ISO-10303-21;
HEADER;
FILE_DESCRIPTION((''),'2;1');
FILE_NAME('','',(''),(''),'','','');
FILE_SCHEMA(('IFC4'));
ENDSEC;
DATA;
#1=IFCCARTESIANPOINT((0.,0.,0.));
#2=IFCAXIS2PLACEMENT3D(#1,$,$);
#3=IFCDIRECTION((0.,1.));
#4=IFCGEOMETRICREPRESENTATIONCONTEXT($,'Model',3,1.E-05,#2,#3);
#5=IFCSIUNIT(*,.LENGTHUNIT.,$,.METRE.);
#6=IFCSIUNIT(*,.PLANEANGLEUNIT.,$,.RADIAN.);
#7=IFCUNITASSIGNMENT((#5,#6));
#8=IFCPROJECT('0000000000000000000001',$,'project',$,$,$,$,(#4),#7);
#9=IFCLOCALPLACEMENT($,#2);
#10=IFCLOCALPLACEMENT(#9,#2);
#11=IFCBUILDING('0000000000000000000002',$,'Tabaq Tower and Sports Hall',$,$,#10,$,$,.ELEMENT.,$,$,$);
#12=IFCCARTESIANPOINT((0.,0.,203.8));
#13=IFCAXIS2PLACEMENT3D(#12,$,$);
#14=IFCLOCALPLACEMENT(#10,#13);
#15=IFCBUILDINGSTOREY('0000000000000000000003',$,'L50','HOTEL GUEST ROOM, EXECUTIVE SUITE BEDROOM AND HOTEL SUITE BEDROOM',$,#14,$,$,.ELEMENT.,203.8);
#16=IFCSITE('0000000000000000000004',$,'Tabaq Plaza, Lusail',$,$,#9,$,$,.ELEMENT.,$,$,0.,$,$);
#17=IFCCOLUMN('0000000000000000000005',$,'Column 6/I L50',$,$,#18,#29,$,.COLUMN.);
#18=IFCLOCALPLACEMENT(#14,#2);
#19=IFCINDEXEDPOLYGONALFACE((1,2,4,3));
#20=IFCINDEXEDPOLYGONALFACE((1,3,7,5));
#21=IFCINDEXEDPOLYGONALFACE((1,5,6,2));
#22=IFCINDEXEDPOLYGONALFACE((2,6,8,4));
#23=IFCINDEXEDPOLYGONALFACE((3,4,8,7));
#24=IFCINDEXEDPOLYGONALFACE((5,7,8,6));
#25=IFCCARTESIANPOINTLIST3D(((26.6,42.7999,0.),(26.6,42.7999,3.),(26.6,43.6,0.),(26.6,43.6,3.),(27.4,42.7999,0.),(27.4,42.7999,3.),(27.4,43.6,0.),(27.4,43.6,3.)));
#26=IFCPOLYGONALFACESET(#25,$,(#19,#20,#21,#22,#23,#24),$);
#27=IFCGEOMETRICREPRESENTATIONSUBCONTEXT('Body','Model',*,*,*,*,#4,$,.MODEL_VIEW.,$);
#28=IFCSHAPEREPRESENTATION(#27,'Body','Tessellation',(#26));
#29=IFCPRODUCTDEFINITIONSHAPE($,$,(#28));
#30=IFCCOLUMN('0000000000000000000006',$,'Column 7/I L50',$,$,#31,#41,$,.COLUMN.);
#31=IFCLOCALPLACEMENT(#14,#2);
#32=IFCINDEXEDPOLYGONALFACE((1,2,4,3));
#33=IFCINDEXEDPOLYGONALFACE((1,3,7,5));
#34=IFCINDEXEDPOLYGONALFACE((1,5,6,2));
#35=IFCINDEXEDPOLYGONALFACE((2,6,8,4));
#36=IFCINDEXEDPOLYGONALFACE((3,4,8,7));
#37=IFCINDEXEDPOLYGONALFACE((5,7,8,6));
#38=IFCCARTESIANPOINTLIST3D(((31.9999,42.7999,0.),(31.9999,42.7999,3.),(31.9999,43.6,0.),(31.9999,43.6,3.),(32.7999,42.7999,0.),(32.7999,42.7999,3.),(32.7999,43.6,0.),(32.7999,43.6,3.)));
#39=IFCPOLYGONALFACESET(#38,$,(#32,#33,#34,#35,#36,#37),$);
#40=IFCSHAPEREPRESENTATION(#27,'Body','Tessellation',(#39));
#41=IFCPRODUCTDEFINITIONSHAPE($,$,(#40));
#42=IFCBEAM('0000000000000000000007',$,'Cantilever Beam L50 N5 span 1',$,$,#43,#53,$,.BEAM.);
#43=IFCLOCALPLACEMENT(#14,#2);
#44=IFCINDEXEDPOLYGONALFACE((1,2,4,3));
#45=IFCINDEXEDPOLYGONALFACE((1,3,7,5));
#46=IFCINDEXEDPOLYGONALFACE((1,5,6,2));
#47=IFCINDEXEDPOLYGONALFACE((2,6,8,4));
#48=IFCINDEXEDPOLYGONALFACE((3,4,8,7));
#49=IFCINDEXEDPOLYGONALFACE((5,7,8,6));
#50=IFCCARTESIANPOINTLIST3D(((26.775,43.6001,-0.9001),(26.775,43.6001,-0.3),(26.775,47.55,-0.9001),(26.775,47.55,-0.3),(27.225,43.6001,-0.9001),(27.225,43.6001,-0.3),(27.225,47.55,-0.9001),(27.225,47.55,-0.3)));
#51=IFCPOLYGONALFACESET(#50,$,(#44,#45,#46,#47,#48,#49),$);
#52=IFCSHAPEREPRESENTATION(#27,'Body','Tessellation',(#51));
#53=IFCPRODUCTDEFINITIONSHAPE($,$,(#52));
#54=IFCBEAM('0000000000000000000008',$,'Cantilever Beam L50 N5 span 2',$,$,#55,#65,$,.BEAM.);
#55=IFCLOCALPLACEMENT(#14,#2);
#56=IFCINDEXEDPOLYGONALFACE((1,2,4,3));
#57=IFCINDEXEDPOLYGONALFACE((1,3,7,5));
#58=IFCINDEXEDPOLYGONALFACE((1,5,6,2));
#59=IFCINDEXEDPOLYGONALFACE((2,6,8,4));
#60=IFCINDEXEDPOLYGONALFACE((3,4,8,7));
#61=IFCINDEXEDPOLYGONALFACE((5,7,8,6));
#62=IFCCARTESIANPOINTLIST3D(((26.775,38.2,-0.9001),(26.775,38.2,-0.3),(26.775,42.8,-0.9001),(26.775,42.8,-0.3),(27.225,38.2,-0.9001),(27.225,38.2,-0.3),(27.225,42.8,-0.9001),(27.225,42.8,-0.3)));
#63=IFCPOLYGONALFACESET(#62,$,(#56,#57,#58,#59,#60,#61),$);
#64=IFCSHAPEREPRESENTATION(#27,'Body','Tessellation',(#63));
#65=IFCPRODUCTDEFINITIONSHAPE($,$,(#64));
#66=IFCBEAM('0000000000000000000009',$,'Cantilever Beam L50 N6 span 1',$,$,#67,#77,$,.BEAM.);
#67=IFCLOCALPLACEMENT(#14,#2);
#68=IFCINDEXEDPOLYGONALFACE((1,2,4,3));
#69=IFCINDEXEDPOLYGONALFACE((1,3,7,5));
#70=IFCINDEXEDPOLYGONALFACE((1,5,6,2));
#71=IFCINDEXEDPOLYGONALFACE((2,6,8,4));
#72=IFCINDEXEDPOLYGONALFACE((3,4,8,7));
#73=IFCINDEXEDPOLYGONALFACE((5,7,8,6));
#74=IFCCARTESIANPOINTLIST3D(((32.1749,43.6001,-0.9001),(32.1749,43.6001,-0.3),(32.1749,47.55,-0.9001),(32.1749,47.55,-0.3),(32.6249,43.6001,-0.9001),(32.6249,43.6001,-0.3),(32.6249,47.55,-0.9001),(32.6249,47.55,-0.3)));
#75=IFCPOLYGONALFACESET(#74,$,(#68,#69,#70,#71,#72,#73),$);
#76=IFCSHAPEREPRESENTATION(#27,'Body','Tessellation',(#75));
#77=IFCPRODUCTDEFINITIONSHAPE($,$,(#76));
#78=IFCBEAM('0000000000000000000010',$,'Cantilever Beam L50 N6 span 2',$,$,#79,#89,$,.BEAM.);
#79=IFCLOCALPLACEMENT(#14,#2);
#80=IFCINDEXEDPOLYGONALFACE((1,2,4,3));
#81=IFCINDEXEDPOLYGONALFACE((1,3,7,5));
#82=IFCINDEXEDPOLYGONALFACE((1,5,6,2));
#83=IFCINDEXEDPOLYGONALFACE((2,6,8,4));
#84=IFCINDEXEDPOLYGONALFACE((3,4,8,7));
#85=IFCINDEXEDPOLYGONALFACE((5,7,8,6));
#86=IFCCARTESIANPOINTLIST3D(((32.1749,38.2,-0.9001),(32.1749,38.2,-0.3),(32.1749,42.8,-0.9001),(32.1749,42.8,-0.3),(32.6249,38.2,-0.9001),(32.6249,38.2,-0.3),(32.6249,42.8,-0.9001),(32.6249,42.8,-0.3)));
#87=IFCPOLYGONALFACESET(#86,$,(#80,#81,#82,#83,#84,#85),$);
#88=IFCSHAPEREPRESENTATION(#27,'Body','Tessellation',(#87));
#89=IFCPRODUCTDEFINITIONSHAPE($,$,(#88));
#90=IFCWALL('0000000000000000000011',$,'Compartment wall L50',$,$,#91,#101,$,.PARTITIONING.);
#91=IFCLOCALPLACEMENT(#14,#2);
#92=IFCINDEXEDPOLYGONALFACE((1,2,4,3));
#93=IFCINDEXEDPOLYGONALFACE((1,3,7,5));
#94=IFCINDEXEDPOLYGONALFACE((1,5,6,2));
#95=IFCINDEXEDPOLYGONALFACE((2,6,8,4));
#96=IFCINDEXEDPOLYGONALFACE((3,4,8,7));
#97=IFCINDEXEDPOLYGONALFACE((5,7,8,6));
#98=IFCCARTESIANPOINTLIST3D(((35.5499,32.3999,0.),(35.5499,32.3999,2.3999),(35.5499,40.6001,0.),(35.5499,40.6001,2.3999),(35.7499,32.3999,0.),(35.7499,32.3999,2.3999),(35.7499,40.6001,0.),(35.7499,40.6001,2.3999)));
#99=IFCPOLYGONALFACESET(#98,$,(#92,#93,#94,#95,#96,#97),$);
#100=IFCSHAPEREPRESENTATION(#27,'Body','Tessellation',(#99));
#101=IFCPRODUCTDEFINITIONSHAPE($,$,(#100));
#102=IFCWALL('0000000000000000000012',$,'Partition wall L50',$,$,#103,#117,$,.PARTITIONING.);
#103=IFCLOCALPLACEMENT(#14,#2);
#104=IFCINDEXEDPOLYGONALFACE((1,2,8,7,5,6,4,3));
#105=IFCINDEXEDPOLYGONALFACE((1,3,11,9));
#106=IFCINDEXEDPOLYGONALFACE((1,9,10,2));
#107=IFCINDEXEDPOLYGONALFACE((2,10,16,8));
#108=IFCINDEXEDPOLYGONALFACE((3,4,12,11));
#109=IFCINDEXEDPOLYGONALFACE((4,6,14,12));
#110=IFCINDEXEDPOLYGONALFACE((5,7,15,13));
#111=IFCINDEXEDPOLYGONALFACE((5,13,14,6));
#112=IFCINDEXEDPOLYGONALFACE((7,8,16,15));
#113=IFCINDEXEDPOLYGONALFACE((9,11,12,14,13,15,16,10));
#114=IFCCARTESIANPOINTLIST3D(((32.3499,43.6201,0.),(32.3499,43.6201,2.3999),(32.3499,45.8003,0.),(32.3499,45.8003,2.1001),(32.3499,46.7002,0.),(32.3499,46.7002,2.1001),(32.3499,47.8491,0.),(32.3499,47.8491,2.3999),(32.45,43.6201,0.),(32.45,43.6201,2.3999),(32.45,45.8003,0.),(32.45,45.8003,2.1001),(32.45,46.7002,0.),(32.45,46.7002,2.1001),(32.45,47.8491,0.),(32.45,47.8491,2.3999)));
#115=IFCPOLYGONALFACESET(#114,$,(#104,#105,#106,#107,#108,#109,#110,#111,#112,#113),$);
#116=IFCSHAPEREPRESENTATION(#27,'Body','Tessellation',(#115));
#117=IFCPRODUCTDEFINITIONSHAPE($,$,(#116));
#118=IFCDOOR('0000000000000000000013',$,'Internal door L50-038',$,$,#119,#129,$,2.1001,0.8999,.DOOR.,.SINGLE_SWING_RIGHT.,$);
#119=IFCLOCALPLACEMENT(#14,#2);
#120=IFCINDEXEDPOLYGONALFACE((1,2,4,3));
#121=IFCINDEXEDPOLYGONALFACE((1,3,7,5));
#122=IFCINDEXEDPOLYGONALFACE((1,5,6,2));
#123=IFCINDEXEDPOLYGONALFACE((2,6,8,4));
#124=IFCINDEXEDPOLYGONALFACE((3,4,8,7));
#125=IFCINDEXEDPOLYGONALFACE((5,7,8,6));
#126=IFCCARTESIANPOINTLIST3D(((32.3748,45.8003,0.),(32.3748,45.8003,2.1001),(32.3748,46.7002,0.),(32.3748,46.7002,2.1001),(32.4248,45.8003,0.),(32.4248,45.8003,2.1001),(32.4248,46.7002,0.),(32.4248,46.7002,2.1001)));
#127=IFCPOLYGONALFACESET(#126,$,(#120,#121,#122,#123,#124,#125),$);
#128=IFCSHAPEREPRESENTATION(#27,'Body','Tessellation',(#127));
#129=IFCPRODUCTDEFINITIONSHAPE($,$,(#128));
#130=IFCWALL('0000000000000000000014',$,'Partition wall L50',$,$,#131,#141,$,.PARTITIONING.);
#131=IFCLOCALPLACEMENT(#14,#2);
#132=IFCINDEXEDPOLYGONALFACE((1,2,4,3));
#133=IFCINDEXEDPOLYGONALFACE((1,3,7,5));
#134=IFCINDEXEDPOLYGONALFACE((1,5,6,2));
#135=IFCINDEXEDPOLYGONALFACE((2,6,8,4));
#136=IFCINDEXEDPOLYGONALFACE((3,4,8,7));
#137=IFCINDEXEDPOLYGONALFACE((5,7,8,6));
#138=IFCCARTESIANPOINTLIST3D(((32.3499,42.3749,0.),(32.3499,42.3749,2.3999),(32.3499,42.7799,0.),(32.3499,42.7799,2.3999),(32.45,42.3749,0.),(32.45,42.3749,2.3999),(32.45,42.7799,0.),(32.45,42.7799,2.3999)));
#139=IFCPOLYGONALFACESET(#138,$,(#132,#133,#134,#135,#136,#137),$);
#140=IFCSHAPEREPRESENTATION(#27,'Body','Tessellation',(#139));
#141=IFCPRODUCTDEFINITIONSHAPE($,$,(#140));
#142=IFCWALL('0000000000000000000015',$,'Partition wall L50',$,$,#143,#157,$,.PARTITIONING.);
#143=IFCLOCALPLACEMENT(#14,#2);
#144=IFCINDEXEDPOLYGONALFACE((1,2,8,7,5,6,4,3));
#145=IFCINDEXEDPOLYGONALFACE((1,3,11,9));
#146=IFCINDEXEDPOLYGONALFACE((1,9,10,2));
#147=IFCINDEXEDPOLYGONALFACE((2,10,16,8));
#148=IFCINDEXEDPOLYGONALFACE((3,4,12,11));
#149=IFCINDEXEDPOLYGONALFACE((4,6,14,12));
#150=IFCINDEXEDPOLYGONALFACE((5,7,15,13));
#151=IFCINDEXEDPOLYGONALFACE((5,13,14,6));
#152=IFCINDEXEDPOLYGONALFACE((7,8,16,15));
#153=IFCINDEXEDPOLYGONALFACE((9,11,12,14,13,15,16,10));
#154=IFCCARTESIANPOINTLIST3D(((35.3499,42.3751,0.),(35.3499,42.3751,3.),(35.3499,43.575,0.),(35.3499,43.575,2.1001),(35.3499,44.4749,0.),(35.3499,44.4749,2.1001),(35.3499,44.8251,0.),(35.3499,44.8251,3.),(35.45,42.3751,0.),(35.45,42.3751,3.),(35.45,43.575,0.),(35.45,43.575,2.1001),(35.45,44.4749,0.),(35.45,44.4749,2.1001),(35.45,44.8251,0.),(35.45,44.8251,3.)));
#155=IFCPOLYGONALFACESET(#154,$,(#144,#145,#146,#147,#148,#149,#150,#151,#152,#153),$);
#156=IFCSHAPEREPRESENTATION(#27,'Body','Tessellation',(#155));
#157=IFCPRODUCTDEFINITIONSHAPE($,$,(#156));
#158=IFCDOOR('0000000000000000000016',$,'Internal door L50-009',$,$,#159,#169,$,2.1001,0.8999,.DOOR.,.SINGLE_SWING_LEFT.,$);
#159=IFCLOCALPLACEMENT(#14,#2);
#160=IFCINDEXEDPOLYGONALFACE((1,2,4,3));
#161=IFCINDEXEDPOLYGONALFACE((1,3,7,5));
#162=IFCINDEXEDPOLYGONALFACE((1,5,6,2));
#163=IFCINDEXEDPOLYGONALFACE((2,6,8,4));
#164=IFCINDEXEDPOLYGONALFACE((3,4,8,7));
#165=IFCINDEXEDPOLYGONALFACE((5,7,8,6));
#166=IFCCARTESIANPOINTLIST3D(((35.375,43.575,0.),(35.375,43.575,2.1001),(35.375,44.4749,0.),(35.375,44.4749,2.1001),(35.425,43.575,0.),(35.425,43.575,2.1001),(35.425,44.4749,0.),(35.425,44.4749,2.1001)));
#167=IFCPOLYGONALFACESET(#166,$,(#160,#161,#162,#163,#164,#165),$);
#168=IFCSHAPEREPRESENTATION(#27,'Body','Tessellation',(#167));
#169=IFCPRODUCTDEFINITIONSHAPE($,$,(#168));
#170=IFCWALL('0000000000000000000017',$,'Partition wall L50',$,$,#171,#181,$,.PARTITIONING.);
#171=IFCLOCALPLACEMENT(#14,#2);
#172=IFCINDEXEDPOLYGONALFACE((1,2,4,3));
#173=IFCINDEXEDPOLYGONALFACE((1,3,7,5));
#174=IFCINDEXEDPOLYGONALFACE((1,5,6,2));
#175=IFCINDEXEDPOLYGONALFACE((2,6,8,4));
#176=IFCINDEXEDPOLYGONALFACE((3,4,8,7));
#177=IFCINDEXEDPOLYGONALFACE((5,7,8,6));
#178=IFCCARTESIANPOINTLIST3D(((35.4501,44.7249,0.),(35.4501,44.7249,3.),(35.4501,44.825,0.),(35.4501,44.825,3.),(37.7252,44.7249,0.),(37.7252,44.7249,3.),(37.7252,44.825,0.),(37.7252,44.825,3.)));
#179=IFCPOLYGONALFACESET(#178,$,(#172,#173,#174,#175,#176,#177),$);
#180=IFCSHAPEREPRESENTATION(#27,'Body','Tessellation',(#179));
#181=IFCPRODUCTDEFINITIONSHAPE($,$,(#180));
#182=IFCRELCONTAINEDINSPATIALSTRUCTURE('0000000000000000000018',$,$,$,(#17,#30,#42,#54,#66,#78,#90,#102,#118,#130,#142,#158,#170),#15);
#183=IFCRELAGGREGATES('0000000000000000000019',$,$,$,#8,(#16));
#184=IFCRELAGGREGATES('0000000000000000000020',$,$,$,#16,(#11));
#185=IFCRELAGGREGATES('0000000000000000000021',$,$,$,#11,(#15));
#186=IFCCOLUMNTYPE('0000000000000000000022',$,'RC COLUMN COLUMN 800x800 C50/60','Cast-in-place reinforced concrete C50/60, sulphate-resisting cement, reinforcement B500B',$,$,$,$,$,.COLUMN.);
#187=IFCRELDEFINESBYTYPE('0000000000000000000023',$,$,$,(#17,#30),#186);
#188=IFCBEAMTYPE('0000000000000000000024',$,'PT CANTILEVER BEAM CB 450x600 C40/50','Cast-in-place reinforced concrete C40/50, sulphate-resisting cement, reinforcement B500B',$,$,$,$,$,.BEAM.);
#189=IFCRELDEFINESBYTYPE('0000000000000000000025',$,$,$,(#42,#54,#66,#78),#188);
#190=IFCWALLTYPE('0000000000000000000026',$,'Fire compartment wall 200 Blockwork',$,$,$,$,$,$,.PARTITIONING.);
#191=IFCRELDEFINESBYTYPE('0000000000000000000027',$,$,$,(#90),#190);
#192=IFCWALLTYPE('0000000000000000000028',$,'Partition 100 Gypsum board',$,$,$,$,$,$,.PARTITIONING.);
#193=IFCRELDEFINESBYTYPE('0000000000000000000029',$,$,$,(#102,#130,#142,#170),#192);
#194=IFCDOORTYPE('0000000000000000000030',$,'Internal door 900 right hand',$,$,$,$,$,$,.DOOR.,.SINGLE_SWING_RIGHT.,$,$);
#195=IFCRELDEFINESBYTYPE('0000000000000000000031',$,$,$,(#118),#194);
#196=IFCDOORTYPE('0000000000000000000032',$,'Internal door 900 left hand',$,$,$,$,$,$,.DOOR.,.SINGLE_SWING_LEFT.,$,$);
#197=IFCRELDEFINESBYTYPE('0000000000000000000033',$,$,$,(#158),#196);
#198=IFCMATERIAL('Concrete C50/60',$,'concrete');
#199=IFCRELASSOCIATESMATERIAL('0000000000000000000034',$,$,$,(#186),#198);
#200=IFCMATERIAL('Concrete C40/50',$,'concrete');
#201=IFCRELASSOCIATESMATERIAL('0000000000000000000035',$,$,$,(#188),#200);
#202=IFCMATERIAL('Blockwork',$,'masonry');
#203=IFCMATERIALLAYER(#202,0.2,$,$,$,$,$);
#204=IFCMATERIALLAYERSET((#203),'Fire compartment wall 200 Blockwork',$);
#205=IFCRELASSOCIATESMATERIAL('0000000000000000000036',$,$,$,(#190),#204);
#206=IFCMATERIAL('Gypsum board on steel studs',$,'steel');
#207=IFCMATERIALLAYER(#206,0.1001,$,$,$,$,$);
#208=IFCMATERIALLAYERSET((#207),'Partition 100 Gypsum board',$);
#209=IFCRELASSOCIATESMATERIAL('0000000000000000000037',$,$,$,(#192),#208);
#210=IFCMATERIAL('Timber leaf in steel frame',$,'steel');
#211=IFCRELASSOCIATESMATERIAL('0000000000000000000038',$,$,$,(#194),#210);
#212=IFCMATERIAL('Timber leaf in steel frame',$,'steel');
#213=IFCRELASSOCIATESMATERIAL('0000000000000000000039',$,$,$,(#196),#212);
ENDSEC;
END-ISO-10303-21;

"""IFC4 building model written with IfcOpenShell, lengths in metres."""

from ifc_helpers import new_model, si_unit, direction, frame, frame_2d, origin, origin_2d, place, context, subcontext, project, spatial, rectangle, extrude, material, layer, layer_set, material_profile, profile_set, type_object, element, fill, save


model = new_model("IFC4")

# Units and contexts
model_context = context("Model", 3, precision=1e-05, world=origin(), true_north=direction((0.0, 1.0)))
body_context = subcontext(model_context, "Body", "Model", "MODEL_VIEW")
ifc_project = project(units=[si_unit("LENGTHUNIT", "METRE"), si_unit("PLANEANGLEUNIT", "RADIAN")], contexts=[model_context])

# Site, building, storey
site_placement = place(None, origin())
site = spatial("IfcSite", under=ifc_project, at=site_placement, Name="Tabaq Plaza, Lusail", CompositionType="ELEMENT", RefElevation=0.0)
building_placement = place(site_placement, origin())
building = spatial("IfcBuilding", under=site, at=building_placement, Name="Tabaq Tower and Sports Hall", CompositionType="ELEMENT")
storey_placement = place(building_placement, frame((0.0, 0.0, 203.8)))
storey = spatial("IfcBuildingStorey", under=building, at=storey_placement, Name="L50", Description="HOTEL GUEST ROOM, EXECUTIVE SUITE BEDROOM AND HOTEL SUITE BEDROOM", CompositionType="ELEMENT", Elevation=203.8)

# Columns
ifc_material_1 = material(Name="Concrete C50/60", Category="concrete")
ifc_material_profile_1 = material_profile(ifc_material_1, rectangle(XDim=0.8, YDim=0.8, at=origin_2d()), Name="COLUMN 800x800")
ifc_profile_set_1 = profile_set([ifc_material_profile_1], Name="Concrete C50/60")
column_type = type_object("IfcColumnType", Name="RC COLUMN COLUMN 800x800 C50/60", Description="Cast-in-place reinforced concrete C50/60, sulphate-resisting cement, reinforcement B500B", PredefinedType="COLUMN", material=ifc_profile_set_1)
for number, where, z_axis, x_axis, name in (
    (1, (27.0, 43.2, 0.0), (0.0, 0.0, 1.0), (1.0, 0.0, 0.0), "Column 6/I L50"),
    (2, (32.3999, 43.2, 0.0), (0.0, 0.0, 1.0), (1.0, 0.0, 0.0), "Column 7/I L50"),
):
    element("IfcColumn", number, at=place(storey_placement, frame(where, z_axis=z_axis, x_axis=x_axis)), inside=storey, type_object=column_type, Name=name, PredefinedType="COLUMN", context=body_context, shape_type="SweptSolid", body=[
        extrude(rectangle(XDim=0.8, YDim=0.8, at=origin_2d()), origin(), (0.0, 0.0, 1.0), 3.0),
    ])

# Beams
ifc_material_2 = material(Name="Concrete C40/50", Category="concrete")
ifc_material_profile_2 = material_profile(ifc_material_2, rectangle(XDim=0.45, YDim=0.6001, at=origin_2d()), Name="CB 450x600")
ifc_profile_set_2 = profile_set([ifc_material_profile_2], Name="Concrete C40/50")
beam_type = type_object("IfcBeamType", Name="PT CANTILEVER BEAM CB 450x600 C40/50", Description="Cast-in-place reinforced concrete C40/50, sulphate-resisting cement, reinforcement B500B", PredefinedType="BEAM", material=ifc_profile_set_2)
beam_1_placement = place(storey_placement, frame((27.0, 47.55, -0.6001), z_axis=(0.0, -1.0, 0.0), x_axis=(1.0, 0.0, 0.0)))
element("IfcBeam", 3, at=beam_1_placement, inside=storey, type_object=beam_type, Name="Cantilever Beam L50 N5 span 1", PredefinedType="BEAM", context=body_context, shape_type="SweptSolid", body=[
    extrude(rectangle(XDim=0.45, YDim=0.6001, at=origin_2d()), origin(), (0.0, 0.0, 1.0), 3.95),
])
beam_2_placement = place(storey_placement, frame((27.0, 42.8, -0.6001), z_axis=(0.0, -1.0, 0.0), x_axis=(1.0, 0.0, 0.0)))
element("IfcBeam", 4, at=beam_2_placement, inside=storey, type_object=beam_type, Name="Cantilever Beam L50 N5 span 2", PredefinedType="BEAM", context=body_context, shape_type="SweptSolid", body=[
    extrude(rectangle(XDim=0.45, YDim=0.6001, at=origin_2d()), origin(), (0.0, 0.0, 1.0), 4.6001),
])
beam_3_placement = place(storey_placement, frame((32.3999, 47.55, -0.6001), z_axis=(0.0, -1.0, 0.0), x_axis=(1.0, 0.0, 0.0)))
element("IfcBeam", 5, at=beam_3_placement, inside=storey, type_object=beam_type, Name="Cantilever Beam L50 N6 span 1", PredefinedType="BEAM", context=body_context, shape_type="SweptSolid", body=[
    extrude(rectangle(XDim=0.45, YDim=0.6001, at=origin_2d()), origin(), (0.0, 0.0, 1.0), 3.95),
])
beam_4_placement = place(storey_placement, frame((32.3999, 42.8, -0.6001), z_axis=(0.0, -1.0, 0.0), x_axis=(1.0, 0.0, 0.0)))
element("IfcBeam", 6, at=beam_4_placement, inside=storey, type_object=beam_type, Name="Cantilever Beam L50 N6 span 2", PredefinedType="BEAM", context=body_context, shape_type="SweptSolid", body=[
    extrude(rectangle(XDim=0.45, YDim=0.6001, at=origin_2d()), origin(), (0.0, 0.0, 1.0), 4.6001),
])

# Wall
ifc_material_3 = material(Name="Blockwork", Category="masonry")
ifc_layer_1 = layer(ifc_material_3, 0.2)
ifc_layer_set_1 = layer_set([ifc_layer_1], Name="Fire compartment wall 200 Blockwork")
wall_type_1 = type_object("IfcWallType", Name="Fire compartment wall 200 Blockwork", PredefinedType="PARTITIONING", material=ifc_layer_set_1)
wall_1_placement = place(storey_placement, frame((35.6499, 40.6001, 0.0), z_axis=(0.0, 0.0, 1.0), x_axis=(0.0, -1.0, 0.0)))
element("IfcWall", 7, at=wall_1_placement, inside=storey, type_object=wall_type_1, Name="Compartment wall L50", PredefinedType="PARTITIONING", context=body_context, shape_type="SweptSolid", body=[
    extrude(rectangle(XDim=8.2002, YDim=0.2, at=frame_2d((4.1001, 0.0))), origin(), (0.0, 0.0, 1.0), 2.3999),
])

# Wall, opening, door
ifc_material_4 = material(Name="Gypsum board on steel studs", Category="steel")
ifc_layer_2 = layer(ifc_material_4, 0.1001)
ifc_layer_set_2 = layer_set([ifc_layer_2], Name="Partition 100 Gypsum board")
wall_type_2 = type_object("IfcWallType", Name="Partition 100 Gypsum board", PredefinedType="PARTITIONING", material=ifc_layer_set_2)
wall_2_placement = place(storey_placement, frame((32.3999, 47.8491, 0.0), z_axis=(0.0, 0.0, 1.0), x_axis=(0.0, -1.0, 0.0)))
wall_2 = element("IfcWall", 8, at=wall_2_placement, inside=storey, type_object=wall_type_2, Name="Partition wall L50", PredefinedType="PARTITIONING", context=body_context, shape_type="SweptSolid", body=[
    extrude(rectangle(XDim=4.229, YDim=0.1001, at=frame_2d((2.1145, 0.0))), origin(), (0.0, 0.0, 1.0), 2.3999),
])
opening_1_placement = place(wall_2_placement, frame((1.1489, 0.0, 0.0)))
opening_1 = element("IfcOpeningElement", 9, at=opening_1_placement, cuts=wall_2, PredefinedType="OPENING", context=body_context, shape_type="SweptSolid", body=[
    extrude(rectangle(XDim=0.8999, YDim=2.1001, at=frame_2d((0.45, 1.05))), frame((0.0, 0.05, 0.0), z_axis=(0.0, -1.0, 0.0), x_axis=(1.0, 0.0, 0.0)), (0.0, 0.0, 1.0), 0.1001),
])
ifc_material_5 = material(Name="Timber leaf in steel frame", Category="steel")
door_type_1 = type_object("IfcDoorType", Name="Internal door 900 right hand", OperationType="SINGLE_SWING_RIGHT", PredefinedType="DOOR", material=ifc_material_5)
door_1_placement = place(opening_1_placement, origin())
door_1 = element("IfcDoor", 10, at=door_1_placement, inside=storey, type_object=door_type_1, Name="Internal door L50-038", OperationType="SINGLE_SWING_RIGHT", OverallHeight=2.1001, OverallWidth=0.8999, PredefinedType="DOOR", context=body_context, shape_type="SweptSolid", body=[
    extrude(rectangle(XDim=0.8999, YDim=2.1001, at=frame_2d((0.45, 1.05))), frame((0.0, 0.0249, 0.0), z_axis=(0.0, -1.0, 0.0), x_axis=(1.0, 0.0, 0.0)), (0.0, 0.0, 1.0), 0.05),
])
fill(opening_1, door_1)

# Wall
wall_3_placement = place(storey_placement, frame((32.3999, 42.78, 0.0), z_axis=(0.0, 0.0, 1.0), x_axis=(0.0, -1.0, 0.0)))
element("IfcWall", 11, at=wall_3_placement, inside=storey, type_object=wall_type_2, Name="Partition wall L50", PredefinedType="PARTITIONING", context=body_context, shape_type="SweptSolid", body=[
    extrude(rectangle(XDim=0.405, YDim=0.1001, at=frame_2d((0.2026, 0.0))), origin(), (0.0, 0.0, 1.0), 2.3999),
])

# Wall, opening, door
wall_4_placement = place(storey_placement, frame((35.3999, 42.375, 0.0), z_axis=(0.0, 0.0, 1.0), x_axis=(0.0, 1.0, 0.0)))
wall_4 = element("IfcWall", 12, at=wall_4_placement, inside=storey, type_object=wall_type_2, Name="Partition wall L50", PredefinedType="PARTITIONING", context=body_context, shape_type="SweptSolid", body=[
    extrude(rectangle(XDim=2.45, YDim=0.1001, at=frame_2d((1.2251, 0.0))), origin(), (0.0, 0.0, 1.0), 3.0),
])
opening_2_placement = place(wall_4_placement, frame((1.2, 0.0, 0.0)))
opening_2 = element("IfcOpeningElement", 13, at=opening_2_placement, cuts=wall_4, PredefinedType="OPENING", context=body_context, shape_type="SweptSolid", body=[
    extrude(rectangle(XDim=0.8999, YDim=2.1001, at=frame_2d((0.45, 1.05))), frame((0.0, 0.05, 0.0), z_axis=(0.0, -1.0, 0.0), x_axis=(1.0, 0.0, 0.0)), (0.0, 0.0, 1.0), 0.1001),
])
ifc_material_6 = material(Name="Timber leaf in steel frame", Category="steel")
door_type_2 = type_object("IfcDoorType", Name="Internal door 900 left hand", OperationType="SINGLE_SWING_LEFT", PredefinedType="DOOR", material=ifc_material_6)
door_2_placement = place(opening_2_placement, origin())
door_2 = element("IfcDoor", 14, at=door_2_placement, inside=storey, type_object=door_type_2, Name="Internal door L50-009", OperationType="SINGLE_SWING_LEFT", OverallHeight=2.1001, OverallWidth=0.8999, PredefinedType="DOOR", context=body_context, shape_type="SweptSolid", body=[
    extrude(rectangle(XDim=0.8999, YDim=2.1001, at=frame_2d((0.45, 1.05))), frame((0.0, 0.0249, 0.0), z_axis=(0.0, -1.0, 0.0), x_axis=(1.0, 0.0, 0.0)), (0.0, 0.0, 1.0), 0.05),
])
fill(opening_2, door_2)

# Wall
wall_5_placement = place(storey_placement, frame((35.45, 44.7749, 0.0), z_axis=(0.0, 0.0, 1.0), x_axis=(1.0, 0.0, 0.0)))
element("IfcWall", 15, at=wall_5_placement, inside=storey, type_object=wall_type_2, Name="Partition wall L50", PredefinedType="PARTITIONING", context=body_context, shape_type="SweptSolid", body=[
    extrude(rectangle(XDim=2.2751, YDim=0.1001, at=frame_2d((1.1377, 0.0))), origin(), (0.0, 0.0, 1.0), 3.0),
])

save(model, "model.ifc")
